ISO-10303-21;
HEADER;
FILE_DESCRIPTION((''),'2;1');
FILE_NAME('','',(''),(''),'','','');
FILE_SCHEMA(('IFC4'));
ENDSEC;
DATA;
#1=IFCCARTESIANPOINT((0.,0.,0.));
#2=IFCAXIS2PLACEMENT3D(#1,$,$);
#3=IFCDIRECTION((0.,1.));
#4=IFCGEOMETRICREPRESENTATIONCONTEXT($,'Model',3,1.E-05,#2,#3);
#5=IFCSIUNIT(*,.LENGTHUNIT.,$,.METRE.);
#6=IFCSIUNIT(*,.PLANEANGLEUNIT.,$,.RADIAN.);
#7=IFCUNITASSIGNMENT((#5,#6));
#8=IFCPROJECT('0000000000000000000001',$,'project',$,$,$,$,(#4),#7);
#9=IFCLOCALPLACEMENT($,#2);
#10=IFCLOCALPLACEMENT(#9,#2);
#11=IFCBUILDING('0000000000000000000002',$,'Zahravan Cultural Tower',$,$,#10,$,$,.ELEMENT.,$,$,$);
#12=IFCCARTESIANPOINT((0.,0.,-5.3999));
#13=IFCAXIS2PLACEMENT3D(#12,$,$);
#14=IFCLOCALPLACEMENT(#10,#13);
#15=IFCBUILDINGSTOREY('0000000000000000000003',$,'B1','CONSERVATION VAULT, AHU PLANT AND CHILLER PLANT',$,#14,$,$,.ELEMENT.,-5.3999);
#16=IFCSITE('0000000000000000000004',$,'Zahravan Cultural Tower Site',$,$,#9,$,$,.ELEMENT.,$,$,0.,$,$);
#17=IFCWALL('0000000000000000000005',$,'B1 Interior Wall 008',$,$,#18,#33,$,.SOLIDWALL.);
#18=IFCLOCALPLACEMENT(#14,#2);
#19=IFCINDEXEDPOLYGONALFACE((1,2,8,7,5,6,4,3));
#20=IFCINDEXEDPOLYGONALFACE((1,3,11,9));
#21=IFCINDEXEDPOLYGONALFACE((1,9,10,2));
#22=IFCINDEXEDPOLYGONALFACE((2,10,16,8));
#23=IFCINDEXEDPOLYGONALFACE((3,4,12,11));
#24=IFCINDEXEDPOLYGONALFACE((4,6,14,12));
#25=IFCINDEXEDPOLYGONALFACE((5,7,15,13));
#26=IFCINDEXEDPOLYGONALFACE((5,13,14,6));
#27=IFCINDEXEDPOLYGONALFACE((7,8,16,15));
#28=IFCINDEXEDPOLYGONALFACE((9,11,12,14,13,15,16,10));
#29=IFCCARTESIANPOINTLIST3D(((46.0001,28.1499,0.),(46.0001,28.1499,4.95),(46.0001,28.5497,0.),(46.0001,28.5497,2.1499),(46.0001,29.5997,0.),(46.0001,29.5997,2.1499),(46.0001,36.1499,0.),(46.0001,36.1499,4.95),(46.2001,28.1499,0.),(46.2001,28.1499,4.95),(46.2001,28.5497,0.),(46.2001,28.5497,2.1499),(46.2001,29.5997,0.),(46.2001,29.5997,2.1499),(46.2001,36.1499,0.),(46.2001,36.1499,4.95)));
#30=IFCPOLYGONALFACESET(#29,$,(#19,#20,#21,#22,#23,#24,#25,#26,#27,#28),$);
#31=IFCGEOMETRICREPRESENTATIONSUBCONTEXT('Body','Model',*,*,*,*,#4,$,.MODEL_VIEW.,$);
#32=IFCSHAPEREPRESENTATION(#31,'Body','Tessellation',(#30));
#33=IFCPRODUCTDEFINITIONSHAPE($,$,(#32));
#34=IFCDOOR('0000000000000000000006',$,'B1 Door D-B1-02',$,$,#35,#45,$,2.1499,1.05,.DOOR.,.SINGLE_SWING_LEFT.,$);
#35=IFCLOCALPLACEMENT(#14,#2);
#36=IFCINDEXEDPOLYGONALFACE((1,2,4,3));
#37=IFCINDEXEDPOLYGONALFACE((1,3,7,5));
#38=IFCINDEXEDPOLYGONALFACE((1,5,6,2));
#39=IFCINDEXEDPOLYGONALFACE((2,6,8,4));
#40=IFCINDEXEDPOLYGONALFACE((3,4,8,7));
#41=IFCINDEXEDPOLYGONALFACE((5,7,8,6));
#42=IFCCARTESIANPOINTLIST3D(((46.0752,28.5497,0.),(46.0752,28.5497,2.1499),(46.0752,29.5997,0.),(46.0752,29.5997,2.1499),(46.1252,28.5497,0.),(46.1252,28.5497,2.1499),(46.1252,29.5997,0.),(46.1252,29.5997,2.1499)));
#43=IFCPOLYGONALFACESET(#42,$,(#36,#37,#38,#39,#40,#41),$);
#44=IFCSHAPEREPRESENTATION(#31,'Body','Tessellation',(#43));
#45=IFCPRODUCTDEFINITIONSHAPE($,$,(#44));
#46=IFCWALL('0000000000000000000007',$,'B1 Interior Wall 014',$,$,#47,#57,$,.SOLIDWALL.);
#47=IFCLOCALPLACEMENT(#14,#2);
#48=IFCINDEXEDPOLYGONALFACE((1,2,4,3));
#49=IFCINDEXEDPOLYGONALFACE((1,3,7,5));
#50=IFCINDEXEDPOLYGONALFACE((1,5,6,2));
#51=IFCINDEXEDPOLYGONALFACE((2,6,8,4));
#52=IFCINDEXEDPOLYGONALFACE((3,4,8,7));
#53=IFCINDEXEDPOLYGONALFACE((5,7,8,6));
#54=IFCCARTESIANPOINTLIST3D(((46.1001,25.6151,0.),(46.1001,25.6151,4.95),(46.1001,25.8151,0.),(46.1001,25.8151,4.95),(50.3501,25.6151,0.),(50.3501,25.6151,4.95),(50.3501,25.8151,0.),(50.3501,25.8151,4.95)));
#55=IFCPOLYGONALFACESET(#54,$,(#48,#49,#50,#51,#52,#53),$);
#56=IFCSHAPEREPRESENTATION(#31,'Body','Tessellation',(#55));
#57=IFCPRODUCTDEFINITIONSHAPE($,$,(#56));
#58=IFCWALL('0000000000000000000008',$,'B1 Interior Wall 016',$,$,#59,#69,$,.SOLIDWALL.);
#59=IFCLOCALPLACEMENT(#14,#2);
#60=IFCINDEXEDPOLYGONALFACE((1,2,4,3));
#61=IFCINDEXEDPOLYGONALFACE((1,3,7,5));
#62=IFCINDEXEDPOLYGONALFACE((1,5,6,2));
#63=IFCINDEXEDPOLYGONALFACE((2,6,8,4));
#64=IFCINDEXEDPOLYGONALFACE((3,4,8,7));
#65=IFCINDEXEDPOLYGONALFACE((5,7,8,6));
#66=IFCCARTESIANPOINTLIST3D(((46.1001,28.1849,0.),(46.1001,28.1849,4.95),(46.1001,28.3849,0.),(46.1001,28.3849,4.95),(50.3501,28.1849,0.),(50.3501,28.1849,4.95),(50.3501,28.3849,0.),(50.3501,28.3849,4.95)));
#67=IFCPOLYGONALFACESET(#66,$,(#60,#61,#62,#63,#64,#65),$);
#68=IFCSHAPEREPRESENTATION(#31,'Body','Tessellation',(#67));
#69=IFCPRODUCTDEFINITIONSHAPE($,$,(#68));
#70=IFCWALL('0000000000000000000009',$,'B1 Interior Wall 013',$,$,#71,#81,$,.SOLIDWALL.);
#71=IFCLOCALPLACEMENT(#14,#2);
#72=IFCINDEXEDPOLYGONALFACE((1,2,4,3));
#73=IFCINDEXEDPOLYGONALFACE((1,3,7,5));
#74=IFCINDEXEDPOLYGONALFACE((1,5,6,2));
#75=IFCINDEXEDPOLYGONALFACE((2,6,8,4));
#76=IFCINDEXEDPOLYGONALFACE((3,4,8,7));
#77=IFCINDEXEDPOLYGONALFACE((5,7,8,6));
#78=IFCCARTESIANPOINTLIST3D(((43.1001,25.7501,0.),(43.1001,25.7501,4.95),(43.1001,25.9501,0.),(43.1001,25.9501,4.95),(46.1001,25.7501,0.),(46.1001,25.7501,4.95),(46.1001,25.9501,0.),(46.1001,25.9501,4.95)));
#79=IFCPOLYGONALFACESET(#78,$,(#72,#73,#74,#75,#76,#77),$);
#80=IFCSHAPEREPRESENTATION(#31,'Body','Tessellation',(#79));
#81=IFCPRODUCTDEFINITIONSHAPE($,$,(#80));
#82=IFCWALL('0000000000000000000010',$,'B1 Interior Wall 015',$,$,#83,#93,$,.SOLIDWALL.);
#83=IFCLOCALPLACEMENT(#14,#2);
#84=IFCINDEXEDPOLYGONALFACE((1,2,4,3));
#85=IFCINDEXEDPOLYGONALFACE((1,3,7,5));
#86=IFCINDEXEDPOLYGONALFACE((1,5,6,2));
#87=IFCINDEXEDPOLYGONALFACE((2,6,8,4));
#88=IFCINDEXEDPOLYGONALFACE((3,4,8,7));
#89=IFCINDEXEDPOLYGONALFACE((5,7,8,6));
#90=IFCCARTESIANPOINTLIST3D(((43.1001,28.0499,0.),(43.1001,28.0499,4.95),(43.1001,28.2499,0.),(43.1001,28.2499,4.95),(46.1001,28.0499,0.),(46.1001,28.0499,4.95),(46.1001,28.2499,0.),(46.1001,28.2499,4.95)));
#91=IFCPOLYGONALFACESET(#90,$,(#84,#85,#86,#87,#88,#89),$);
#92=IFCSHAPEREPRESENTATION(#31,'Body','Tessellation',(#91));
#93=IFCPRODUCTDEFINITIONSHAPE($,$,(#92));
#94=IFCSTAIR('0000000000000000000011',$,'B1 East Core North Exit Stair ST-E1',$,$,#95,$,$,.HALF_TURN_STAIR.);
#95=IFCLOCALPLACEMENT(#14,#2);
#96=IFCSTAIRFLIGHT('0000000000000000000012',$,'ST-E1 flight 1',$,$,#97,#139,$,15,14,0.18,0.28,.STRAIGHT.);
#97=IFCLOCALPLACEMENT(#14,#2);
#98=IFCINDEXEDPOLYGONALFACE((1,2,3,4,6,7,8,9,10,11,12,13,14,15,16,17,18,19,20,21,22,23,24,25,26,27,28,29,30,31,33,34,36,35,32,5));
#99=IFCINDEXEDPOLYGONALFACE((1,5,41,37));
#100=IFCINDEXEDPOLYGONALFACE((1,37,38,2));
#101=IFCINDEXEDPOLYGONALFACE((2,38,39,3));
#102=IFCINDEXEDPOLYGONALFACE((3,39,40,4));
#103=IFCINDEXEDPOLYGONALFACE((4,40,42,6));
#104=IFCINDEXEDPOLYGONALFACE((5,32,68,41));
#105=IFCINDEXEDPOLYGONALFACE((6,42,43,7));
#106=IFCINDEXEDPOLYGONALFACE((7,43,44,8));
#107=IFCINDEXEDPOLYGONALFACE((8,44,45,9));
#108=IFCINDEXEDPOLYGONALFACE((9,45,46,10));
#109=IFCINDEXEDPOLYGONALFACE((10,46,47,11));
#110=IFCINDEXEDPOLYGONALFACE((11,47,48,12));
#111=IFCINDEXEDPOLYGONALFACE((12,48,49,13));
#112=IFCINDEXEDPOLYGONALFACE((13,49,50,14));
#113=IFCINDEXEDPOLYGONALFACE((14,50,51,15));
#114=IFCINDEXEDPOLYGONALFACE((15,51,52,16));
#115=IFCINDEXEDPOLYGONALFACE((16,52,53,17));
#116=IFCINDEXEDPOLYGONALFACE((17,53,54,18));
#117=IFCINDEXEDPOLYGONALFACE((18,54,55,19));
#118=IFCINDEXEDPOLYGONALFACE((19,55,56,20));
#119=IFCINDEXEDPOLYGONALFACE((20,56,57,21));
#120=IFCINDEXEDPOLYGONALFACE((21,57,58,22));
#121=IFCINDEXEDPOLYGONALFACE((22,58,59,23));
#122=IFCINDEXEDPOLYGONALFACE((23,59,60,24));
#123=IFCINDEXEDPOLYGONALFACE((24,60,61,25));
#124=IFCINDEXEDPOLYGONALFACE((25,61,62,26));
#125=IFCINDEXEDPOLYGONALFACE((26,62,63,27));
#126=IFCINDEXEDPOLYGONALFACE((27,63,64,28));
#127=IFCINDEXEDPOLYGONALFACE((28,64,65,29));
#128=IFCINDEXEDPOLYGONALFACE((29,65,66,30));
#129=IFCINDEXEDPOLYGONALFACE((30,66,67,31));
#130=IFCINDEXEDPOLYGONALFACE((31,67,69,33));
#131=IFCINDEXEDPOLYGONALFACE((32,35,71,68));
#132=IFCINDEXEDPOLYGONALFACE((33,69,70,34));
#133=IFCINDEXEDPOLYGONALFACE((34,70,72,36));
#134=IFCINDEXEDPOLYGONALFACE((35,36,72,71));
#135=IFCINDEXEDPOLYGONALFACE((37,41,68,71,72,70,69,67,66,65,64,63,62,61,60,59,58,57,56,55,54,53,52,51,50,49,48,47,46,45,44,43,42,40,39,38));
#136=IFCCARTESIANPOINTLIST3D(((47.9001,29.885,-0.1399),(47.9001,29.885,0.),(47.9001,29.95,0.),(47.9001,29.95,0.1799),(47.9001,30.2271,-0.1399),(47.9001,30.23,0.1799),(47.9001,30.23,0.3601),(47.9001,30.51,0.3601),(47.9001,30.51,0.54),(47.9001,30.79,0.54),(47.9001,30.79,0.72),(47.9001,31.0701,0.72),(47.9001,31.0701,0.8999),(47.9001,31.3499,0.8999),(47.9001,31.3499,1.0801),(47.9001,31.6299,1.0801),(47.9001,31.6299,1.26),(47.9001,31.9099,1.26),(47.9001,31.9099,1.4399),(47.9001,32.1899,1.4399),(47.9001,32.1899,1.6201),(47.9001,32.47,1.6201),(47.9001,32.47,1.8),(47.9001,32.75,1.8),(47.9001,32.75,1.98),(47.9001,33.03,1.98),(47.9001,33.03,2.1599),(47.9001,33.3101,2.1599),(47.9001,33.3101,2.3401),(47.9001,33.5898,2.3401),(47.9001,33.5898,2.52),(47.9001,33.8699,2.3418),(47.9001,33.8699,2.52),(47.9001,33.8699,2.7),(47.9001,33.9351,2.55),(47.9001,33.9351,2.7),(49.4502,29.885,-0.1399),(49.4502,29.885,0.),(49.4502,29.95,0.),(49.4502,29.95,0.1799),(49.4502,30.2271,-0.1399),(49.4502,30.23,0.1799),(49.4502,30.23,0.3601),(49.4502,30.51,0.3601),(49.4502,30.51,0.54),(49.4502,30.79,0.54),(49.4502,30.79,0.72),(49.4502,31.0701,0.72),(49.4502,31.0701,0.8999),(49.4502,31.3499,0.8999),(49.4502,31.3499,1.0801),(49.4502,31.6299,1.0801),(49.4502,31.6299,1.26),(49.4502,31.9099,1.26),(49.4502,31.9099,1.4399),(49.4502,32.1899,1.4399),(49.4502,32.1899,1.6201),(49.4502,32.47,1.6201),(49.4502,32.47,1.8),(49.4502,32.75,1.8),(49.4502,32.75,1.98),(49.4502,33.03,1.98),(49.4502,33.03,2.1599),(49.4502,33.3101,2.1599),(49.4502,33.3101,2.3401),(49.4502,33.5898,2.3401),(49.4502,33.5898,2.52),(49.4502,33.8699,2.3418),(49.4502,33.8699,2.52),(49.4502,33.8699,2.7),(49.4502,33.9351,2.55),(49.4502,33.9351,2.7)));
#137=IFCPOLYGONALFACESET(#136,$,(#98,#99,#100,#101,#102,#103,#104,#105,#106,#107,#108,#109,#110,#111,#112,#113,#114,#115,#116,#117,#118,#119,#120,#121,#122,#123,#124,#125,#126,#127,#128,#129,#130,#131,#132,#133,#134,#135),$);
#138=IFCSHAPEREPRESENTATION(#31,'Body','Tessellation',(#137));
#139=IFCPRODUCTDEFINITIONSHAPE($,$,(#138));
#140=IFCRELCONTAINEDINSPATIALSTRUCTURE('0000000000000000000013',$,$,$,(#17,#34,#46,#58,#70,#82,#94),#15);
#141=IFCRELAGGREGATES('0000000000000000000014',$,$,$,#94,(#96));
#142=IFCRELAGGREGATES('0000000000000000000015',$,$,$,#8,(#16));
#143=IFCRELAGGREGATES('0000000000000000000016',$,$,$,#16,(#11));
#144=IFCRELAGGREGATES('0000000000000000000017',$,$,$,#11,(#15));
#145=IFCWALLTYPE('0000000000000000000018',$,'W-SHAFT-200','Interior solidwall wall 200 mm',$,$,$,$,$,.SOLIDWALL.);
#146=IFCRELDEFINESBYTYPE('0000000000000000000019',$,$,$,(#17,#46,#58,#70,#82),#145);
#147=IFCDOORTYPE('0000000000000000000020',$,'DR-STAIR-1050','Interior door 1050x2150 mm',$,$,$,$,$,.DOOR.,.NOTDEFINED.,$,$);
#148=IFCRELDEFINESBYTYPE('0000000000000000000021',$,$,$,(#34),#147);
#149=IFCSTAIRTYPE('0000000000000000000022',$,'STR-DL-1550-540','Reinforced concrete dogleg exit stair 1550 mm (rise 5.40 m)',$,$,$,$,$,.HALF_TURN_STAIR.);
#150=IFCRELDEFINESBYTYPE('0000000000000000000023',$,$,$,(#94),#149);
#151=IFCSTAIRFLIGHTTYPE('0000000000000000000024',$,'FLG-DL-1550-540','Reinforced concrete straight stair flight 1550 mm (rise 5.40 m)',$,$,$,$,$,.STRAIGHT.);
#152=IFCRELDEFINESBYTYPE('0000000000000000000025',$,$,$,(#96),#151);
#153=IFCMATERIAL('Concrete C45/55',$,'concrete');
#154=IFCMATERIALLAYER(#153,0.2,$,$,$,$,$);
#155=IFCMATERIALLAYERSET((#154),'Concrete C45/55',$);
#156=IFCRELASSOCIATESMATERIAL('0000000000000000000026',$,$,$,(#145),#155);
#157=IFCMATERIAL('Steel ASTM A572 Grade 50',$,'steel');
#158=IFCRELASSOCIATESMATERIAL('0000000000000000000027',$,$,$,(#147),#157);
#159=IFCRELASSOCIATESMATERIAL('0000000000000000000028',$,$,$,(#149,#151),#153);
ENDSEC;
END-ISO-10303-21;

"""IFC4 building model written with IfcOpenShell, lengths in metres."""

from ifc_helpers import new_model, si_unit, direction, frame, frame_2d, origin, place, context, subcontext, project, spatial, polyline, rectangle, outline, extrude, source, transform, mapped, material, layer, layer_set, type_object, element, fill, aggregate, save


model = new_model("IFC4")

# Units and contexts
model_context = context("Model", 3, precision=1e-05, world=origin(), true_north=direction((0.0, 1.0)))
body_context = subcontext(model_context, "Body", "Model", "MODEL_VIEW")
ifc_project = project(units=[si_unit("LENGTHUNIT", "METRE"), si_unit("PLANEANGLEUNIT", "RADIAN")], contexts=[model_context])

# Site, building, storey
site_placement = place(None, origin())
site = spatial("IfcSite", under=ifc_project, at=site_placement, Name="Zahravan Cultural Tower Site", CompositionType="ELEMENT", RefElevation=0.0)
building_placement = place(site_placement, origin())
building = spatial("IfcBuilding", under=site, at=building_placement, Name="Zahravan Cultural Tower", CompositionType="ELEMENT")
storey_placement = place(building_placement, frame((0.0, 0.0, -5.3999)))
storey = spatial("IfcBuildingStorey", under=building, at=storey_placement, Name="B1", Description="CONSERVATION VAULT, AHU PLANT AND CHILLER PLANT", CompositionType="ELEMENT", Elevation=-5.3999)

# Shared definitions
ifc_material_1 = material(Name="Concrete C45/55", Category="concrete")

# Wall, opening, door
ifc_material_2 = material(Name="Steel ASTM A572 Grade 50", Category="steel")
ifc_layer_1 = layer(ifc_material_1, 0.2)
ifc_layer_set_1 = layer_set([ifc_layer_1], Name="Concrete C45/55")
wall_type_1 = type_object("IfcWallType", Name="W-SHAFT-200", Description="Interior solidwall wall 200 mm", PredefinedType="SOLIDWALL", material=ifc_layer_set_1)
wall_1_placement = place(storey_placement, frame((46.1001, 28.1499, 0.0), z_axis=(0.0, 0.0, 1.0), x_axis=(0.0, 1.0, 0.0)))
wall_1 = element("IfcWall", 1, at=wall_1_placement, inside=storey, type_object=wall_type_1, Name="B1 Interior Wall 008", PredefinedType="SOLIDWALL", context=body_context, shape_type="SweptSolid", body=[
    extrude(rectangle(XDim=8.0, YDim=0.2, at=frame_2d((4.0, 0.0))), origin(), (0.0, 0.0, 1.0), 4.95),
])
opening_1_placement = place(wall_1_placement, frame((0.3999, 0.0, 0.0)))
opening_1 = element("IfcOpeningElement", 2, at=opening_1_placement, cuts=wall_1, PredefinedType="OPENING", context=body_context, shape_type="SweptSolid", body=[
    extrude(rectangle(XDim=1.05, YDim=2.1499, at=frame_2d((0.5249, 1.075))), frame((0.0, 0.1099, 0.0), z_axis=(0.0, -1.0, 0.0), x_axis=(1.0, 0.0, 0.0)), (0.0, 0.0, 1.0), 0.22),
])
door_type_1 = type_object("IfcDoorType", Name="DR-STAIR-1050", Description="Interior door 1050x2150 mm", OperationType="NOTDEFINED", PredefinedType="DOOR", material=ifc_material_2)
shared_shape_1 = source(origin(), body_context, "Body", "SweptSolid", [
    extrude(rectangle(XDim=1.05, YDim=2.1499, at=frame_2d((0.5249, 1.075))), frame((0.0, 0.0249, 0.0), z_axis=(0.0, -1.0, 0.0), x_axis=(1.0, 0.0, 0.0)), (0.0, 0.0, 1.0), 0.05),
])
door_1_placement = place(opening_1_placement, origin())
door_1 = element("IfcDoor", 3, at=door_1_placement, inside=storey, type_object=door_type_1, Name="B1 Door D-B1-02", OperationType="SINGLE_SWING_LEFT", OverallHeight=2.1499, OverallWidth=1.05, PredefinedType="DOOR", context=body_context, shape_type="MappedRepresentation", body=[
    mapped(shared_shape_1, transform((0.0, 0.0, 0.0), x_axis=(1.0, 0.0, 0.0), y_axis=(0.0, 1.0, 0.0), z_axis=(0.0, 0.0, 1.0), scale=1.0)),
])
fill(opening_1, door_1)

# Walls
shared_shape_2 = source(origin(), body_context, "Body", "SweptSolid", [
    extrude(rectangle(XDim=4.25, YDim=0.2, at=frame_2d((2.125, 0.0))), origin(), (0.0, 0.0, 1.0), 4.95),
])
for number, where, z_axis, x_axis, name in (
    (4, (46.1001, 25.7151, 0.0), (0.0, 0.0, 1.0), (1.0, 0.0, 0.0), "B1 Interior Wall 014"),
    (5, (46.1001, 28.2849, 0.0), (0.0, 0.0, 1.0), (1.0, 0.0, 0.0), "B1 Interior Wall 016"),
):
    element("IfcWall", number, at=place(storey_placement, frame(where, z_axis=z_axis, x_axis=x_axis)), inside=storey, type_object=wall_type_1, Name=name, PredefinedType="SOLIDWALL", context=body_context, shape_type="MappedRepresentation", body=[
        mapped(shared_shape_2, transform((0.0, 0.0, 0.0), x_axis=(1.0, 0.0, 0.0), y_axis=(0.0, 1.0, 0.0), z_axis=(0.0, 0.0, 1.0), scale=1.0)),
    ])
shared_shape_3 = source(origin(), body_context, "Body", "SweptSolid", [
    extrude(rectangle(XDim=3.0, YDim=0.2, at=frame_2d((1.5, 0.0))), origin(), (0.0, 0.0, 1.0), 4.95),
])
for number, where, z_axis, x_axis, name in (
    (6, (43.1001, 25.8501, 0.0), (0.0, 0.0, 1.0), (1.0, 0.0, 0.0), "B1 Interior Wall 013"),
    (7, (43.1001, 28.1499, 0.0), (0.0, 0.0, 1.0), (1.0, 0.0, 0.0), "B1 Interior Wall 015"),
):
    element("IfcWall", number, at=place(storey_placement, frame(where, z_axis=z_axis, x_axis=x_axis)), inside=storey, type_object=wall_type_1, Name=name, PredefinedType="SOLIDWALL", context=body_context, shape_type="MappedRepresentation", body=[
        mapped(shared_shape_3, transform((0.0, 0.0, 0.0), x_axis=(1.0, 0.0, 0.0), y_axis=(0.0, 1.0, 0.0), z_axis=(0.0, 0.0, 1.0), scale=1.0)),
    ])

# Stair, stair flight
stair_type = type_object("IfcStairType", Name="STR-DL-1550-540", Description="Reinforced concrete dogleg exit stair 1550 mm (rise 5.40 m)", PredefinedType="HALF_TURN_STAIR", material=ifc_material_1)
stair_placement = place(storey_placement, origin())
stair = element("IfcStair", 8, at=stair_placement, inside=storey, type_object=stair_type, Name="B1 East Core North Exit Stair ST-E1", PredefinedType="HALF_TURN_STAIR")
stair_flight_type = type_object("IfcStairFlightType", Name="FLG-DL-1550-540", Description="Reinforced concrete straight stair flight 1550 mm (rise 5.40 m)", PredefinedType="STRAIGHT", material=ifc_material_1)
stair_flight_placement = place(storey_placement, frame((48.675, 29.95, 0.0), z_axis=(0.0, 0.0, 1.0), x_axis=(0.0, 1.0, 0.0)))
stair_flight = element("IfcStairFlight", 9, at=stair_flight_placement, type_object=stair_flight_type, Name="ST-E1 flight 1", NumberOfRisers=15, NumberOfTreads=14, PredefinedType="STRAIGHT", RiserHeight=0.18, TreadLength=0.28, context=body_context, shape_type="SweptSolid", body=[
    extrude(outline(polyline([(-0.0649, -0.1399), (-0.0649, 0.0), (0.0, 0.0), (0.0, 0.1799), (0.28, 0.1799), (0.28, 0.3601), (0.5601, 0.3601), (0.5601, 0.54), (0.8401, 0.54), (0.8401, 0.72), (1.1201, 0.72), (1.1201, 0.8999), (1.3999, 0.8999), (1.3999, 1.0801), (1.6799, 1.0801), (1.6799, 1.26), (1.96, 1.26), (1.96, 1.4399), (2.24, 1.4399), (2.24, 1.6201), (2.52, 1.6201), (2.52, 1.8), (2.8, 1.8), (2.8, 1.98), (3.0801, 1.98), (3.0801, 2.1599), (3.3601, 2.1599), (3.3601, 2.3401), (3.6399, 2.3401), (3.6399, 2.52), (3.9199, 2.52), (3.9199, 2.7), (3.9851, 2.7), (3.9851, 2.55), (3.9199, 2.3418), (0.2771, -0.1399), (-0.0649, -0.1399)])), frame((0.0, 0.7749, 0.0), z_axis=(0.0, -1.0, 0.0), x_axis=(1.0, 0.0, 0.0)), (0.0, 0.0, 1.0), 1.55),
])
aggregate(stair, [stair_flight])

save(model, "model.ifc")
